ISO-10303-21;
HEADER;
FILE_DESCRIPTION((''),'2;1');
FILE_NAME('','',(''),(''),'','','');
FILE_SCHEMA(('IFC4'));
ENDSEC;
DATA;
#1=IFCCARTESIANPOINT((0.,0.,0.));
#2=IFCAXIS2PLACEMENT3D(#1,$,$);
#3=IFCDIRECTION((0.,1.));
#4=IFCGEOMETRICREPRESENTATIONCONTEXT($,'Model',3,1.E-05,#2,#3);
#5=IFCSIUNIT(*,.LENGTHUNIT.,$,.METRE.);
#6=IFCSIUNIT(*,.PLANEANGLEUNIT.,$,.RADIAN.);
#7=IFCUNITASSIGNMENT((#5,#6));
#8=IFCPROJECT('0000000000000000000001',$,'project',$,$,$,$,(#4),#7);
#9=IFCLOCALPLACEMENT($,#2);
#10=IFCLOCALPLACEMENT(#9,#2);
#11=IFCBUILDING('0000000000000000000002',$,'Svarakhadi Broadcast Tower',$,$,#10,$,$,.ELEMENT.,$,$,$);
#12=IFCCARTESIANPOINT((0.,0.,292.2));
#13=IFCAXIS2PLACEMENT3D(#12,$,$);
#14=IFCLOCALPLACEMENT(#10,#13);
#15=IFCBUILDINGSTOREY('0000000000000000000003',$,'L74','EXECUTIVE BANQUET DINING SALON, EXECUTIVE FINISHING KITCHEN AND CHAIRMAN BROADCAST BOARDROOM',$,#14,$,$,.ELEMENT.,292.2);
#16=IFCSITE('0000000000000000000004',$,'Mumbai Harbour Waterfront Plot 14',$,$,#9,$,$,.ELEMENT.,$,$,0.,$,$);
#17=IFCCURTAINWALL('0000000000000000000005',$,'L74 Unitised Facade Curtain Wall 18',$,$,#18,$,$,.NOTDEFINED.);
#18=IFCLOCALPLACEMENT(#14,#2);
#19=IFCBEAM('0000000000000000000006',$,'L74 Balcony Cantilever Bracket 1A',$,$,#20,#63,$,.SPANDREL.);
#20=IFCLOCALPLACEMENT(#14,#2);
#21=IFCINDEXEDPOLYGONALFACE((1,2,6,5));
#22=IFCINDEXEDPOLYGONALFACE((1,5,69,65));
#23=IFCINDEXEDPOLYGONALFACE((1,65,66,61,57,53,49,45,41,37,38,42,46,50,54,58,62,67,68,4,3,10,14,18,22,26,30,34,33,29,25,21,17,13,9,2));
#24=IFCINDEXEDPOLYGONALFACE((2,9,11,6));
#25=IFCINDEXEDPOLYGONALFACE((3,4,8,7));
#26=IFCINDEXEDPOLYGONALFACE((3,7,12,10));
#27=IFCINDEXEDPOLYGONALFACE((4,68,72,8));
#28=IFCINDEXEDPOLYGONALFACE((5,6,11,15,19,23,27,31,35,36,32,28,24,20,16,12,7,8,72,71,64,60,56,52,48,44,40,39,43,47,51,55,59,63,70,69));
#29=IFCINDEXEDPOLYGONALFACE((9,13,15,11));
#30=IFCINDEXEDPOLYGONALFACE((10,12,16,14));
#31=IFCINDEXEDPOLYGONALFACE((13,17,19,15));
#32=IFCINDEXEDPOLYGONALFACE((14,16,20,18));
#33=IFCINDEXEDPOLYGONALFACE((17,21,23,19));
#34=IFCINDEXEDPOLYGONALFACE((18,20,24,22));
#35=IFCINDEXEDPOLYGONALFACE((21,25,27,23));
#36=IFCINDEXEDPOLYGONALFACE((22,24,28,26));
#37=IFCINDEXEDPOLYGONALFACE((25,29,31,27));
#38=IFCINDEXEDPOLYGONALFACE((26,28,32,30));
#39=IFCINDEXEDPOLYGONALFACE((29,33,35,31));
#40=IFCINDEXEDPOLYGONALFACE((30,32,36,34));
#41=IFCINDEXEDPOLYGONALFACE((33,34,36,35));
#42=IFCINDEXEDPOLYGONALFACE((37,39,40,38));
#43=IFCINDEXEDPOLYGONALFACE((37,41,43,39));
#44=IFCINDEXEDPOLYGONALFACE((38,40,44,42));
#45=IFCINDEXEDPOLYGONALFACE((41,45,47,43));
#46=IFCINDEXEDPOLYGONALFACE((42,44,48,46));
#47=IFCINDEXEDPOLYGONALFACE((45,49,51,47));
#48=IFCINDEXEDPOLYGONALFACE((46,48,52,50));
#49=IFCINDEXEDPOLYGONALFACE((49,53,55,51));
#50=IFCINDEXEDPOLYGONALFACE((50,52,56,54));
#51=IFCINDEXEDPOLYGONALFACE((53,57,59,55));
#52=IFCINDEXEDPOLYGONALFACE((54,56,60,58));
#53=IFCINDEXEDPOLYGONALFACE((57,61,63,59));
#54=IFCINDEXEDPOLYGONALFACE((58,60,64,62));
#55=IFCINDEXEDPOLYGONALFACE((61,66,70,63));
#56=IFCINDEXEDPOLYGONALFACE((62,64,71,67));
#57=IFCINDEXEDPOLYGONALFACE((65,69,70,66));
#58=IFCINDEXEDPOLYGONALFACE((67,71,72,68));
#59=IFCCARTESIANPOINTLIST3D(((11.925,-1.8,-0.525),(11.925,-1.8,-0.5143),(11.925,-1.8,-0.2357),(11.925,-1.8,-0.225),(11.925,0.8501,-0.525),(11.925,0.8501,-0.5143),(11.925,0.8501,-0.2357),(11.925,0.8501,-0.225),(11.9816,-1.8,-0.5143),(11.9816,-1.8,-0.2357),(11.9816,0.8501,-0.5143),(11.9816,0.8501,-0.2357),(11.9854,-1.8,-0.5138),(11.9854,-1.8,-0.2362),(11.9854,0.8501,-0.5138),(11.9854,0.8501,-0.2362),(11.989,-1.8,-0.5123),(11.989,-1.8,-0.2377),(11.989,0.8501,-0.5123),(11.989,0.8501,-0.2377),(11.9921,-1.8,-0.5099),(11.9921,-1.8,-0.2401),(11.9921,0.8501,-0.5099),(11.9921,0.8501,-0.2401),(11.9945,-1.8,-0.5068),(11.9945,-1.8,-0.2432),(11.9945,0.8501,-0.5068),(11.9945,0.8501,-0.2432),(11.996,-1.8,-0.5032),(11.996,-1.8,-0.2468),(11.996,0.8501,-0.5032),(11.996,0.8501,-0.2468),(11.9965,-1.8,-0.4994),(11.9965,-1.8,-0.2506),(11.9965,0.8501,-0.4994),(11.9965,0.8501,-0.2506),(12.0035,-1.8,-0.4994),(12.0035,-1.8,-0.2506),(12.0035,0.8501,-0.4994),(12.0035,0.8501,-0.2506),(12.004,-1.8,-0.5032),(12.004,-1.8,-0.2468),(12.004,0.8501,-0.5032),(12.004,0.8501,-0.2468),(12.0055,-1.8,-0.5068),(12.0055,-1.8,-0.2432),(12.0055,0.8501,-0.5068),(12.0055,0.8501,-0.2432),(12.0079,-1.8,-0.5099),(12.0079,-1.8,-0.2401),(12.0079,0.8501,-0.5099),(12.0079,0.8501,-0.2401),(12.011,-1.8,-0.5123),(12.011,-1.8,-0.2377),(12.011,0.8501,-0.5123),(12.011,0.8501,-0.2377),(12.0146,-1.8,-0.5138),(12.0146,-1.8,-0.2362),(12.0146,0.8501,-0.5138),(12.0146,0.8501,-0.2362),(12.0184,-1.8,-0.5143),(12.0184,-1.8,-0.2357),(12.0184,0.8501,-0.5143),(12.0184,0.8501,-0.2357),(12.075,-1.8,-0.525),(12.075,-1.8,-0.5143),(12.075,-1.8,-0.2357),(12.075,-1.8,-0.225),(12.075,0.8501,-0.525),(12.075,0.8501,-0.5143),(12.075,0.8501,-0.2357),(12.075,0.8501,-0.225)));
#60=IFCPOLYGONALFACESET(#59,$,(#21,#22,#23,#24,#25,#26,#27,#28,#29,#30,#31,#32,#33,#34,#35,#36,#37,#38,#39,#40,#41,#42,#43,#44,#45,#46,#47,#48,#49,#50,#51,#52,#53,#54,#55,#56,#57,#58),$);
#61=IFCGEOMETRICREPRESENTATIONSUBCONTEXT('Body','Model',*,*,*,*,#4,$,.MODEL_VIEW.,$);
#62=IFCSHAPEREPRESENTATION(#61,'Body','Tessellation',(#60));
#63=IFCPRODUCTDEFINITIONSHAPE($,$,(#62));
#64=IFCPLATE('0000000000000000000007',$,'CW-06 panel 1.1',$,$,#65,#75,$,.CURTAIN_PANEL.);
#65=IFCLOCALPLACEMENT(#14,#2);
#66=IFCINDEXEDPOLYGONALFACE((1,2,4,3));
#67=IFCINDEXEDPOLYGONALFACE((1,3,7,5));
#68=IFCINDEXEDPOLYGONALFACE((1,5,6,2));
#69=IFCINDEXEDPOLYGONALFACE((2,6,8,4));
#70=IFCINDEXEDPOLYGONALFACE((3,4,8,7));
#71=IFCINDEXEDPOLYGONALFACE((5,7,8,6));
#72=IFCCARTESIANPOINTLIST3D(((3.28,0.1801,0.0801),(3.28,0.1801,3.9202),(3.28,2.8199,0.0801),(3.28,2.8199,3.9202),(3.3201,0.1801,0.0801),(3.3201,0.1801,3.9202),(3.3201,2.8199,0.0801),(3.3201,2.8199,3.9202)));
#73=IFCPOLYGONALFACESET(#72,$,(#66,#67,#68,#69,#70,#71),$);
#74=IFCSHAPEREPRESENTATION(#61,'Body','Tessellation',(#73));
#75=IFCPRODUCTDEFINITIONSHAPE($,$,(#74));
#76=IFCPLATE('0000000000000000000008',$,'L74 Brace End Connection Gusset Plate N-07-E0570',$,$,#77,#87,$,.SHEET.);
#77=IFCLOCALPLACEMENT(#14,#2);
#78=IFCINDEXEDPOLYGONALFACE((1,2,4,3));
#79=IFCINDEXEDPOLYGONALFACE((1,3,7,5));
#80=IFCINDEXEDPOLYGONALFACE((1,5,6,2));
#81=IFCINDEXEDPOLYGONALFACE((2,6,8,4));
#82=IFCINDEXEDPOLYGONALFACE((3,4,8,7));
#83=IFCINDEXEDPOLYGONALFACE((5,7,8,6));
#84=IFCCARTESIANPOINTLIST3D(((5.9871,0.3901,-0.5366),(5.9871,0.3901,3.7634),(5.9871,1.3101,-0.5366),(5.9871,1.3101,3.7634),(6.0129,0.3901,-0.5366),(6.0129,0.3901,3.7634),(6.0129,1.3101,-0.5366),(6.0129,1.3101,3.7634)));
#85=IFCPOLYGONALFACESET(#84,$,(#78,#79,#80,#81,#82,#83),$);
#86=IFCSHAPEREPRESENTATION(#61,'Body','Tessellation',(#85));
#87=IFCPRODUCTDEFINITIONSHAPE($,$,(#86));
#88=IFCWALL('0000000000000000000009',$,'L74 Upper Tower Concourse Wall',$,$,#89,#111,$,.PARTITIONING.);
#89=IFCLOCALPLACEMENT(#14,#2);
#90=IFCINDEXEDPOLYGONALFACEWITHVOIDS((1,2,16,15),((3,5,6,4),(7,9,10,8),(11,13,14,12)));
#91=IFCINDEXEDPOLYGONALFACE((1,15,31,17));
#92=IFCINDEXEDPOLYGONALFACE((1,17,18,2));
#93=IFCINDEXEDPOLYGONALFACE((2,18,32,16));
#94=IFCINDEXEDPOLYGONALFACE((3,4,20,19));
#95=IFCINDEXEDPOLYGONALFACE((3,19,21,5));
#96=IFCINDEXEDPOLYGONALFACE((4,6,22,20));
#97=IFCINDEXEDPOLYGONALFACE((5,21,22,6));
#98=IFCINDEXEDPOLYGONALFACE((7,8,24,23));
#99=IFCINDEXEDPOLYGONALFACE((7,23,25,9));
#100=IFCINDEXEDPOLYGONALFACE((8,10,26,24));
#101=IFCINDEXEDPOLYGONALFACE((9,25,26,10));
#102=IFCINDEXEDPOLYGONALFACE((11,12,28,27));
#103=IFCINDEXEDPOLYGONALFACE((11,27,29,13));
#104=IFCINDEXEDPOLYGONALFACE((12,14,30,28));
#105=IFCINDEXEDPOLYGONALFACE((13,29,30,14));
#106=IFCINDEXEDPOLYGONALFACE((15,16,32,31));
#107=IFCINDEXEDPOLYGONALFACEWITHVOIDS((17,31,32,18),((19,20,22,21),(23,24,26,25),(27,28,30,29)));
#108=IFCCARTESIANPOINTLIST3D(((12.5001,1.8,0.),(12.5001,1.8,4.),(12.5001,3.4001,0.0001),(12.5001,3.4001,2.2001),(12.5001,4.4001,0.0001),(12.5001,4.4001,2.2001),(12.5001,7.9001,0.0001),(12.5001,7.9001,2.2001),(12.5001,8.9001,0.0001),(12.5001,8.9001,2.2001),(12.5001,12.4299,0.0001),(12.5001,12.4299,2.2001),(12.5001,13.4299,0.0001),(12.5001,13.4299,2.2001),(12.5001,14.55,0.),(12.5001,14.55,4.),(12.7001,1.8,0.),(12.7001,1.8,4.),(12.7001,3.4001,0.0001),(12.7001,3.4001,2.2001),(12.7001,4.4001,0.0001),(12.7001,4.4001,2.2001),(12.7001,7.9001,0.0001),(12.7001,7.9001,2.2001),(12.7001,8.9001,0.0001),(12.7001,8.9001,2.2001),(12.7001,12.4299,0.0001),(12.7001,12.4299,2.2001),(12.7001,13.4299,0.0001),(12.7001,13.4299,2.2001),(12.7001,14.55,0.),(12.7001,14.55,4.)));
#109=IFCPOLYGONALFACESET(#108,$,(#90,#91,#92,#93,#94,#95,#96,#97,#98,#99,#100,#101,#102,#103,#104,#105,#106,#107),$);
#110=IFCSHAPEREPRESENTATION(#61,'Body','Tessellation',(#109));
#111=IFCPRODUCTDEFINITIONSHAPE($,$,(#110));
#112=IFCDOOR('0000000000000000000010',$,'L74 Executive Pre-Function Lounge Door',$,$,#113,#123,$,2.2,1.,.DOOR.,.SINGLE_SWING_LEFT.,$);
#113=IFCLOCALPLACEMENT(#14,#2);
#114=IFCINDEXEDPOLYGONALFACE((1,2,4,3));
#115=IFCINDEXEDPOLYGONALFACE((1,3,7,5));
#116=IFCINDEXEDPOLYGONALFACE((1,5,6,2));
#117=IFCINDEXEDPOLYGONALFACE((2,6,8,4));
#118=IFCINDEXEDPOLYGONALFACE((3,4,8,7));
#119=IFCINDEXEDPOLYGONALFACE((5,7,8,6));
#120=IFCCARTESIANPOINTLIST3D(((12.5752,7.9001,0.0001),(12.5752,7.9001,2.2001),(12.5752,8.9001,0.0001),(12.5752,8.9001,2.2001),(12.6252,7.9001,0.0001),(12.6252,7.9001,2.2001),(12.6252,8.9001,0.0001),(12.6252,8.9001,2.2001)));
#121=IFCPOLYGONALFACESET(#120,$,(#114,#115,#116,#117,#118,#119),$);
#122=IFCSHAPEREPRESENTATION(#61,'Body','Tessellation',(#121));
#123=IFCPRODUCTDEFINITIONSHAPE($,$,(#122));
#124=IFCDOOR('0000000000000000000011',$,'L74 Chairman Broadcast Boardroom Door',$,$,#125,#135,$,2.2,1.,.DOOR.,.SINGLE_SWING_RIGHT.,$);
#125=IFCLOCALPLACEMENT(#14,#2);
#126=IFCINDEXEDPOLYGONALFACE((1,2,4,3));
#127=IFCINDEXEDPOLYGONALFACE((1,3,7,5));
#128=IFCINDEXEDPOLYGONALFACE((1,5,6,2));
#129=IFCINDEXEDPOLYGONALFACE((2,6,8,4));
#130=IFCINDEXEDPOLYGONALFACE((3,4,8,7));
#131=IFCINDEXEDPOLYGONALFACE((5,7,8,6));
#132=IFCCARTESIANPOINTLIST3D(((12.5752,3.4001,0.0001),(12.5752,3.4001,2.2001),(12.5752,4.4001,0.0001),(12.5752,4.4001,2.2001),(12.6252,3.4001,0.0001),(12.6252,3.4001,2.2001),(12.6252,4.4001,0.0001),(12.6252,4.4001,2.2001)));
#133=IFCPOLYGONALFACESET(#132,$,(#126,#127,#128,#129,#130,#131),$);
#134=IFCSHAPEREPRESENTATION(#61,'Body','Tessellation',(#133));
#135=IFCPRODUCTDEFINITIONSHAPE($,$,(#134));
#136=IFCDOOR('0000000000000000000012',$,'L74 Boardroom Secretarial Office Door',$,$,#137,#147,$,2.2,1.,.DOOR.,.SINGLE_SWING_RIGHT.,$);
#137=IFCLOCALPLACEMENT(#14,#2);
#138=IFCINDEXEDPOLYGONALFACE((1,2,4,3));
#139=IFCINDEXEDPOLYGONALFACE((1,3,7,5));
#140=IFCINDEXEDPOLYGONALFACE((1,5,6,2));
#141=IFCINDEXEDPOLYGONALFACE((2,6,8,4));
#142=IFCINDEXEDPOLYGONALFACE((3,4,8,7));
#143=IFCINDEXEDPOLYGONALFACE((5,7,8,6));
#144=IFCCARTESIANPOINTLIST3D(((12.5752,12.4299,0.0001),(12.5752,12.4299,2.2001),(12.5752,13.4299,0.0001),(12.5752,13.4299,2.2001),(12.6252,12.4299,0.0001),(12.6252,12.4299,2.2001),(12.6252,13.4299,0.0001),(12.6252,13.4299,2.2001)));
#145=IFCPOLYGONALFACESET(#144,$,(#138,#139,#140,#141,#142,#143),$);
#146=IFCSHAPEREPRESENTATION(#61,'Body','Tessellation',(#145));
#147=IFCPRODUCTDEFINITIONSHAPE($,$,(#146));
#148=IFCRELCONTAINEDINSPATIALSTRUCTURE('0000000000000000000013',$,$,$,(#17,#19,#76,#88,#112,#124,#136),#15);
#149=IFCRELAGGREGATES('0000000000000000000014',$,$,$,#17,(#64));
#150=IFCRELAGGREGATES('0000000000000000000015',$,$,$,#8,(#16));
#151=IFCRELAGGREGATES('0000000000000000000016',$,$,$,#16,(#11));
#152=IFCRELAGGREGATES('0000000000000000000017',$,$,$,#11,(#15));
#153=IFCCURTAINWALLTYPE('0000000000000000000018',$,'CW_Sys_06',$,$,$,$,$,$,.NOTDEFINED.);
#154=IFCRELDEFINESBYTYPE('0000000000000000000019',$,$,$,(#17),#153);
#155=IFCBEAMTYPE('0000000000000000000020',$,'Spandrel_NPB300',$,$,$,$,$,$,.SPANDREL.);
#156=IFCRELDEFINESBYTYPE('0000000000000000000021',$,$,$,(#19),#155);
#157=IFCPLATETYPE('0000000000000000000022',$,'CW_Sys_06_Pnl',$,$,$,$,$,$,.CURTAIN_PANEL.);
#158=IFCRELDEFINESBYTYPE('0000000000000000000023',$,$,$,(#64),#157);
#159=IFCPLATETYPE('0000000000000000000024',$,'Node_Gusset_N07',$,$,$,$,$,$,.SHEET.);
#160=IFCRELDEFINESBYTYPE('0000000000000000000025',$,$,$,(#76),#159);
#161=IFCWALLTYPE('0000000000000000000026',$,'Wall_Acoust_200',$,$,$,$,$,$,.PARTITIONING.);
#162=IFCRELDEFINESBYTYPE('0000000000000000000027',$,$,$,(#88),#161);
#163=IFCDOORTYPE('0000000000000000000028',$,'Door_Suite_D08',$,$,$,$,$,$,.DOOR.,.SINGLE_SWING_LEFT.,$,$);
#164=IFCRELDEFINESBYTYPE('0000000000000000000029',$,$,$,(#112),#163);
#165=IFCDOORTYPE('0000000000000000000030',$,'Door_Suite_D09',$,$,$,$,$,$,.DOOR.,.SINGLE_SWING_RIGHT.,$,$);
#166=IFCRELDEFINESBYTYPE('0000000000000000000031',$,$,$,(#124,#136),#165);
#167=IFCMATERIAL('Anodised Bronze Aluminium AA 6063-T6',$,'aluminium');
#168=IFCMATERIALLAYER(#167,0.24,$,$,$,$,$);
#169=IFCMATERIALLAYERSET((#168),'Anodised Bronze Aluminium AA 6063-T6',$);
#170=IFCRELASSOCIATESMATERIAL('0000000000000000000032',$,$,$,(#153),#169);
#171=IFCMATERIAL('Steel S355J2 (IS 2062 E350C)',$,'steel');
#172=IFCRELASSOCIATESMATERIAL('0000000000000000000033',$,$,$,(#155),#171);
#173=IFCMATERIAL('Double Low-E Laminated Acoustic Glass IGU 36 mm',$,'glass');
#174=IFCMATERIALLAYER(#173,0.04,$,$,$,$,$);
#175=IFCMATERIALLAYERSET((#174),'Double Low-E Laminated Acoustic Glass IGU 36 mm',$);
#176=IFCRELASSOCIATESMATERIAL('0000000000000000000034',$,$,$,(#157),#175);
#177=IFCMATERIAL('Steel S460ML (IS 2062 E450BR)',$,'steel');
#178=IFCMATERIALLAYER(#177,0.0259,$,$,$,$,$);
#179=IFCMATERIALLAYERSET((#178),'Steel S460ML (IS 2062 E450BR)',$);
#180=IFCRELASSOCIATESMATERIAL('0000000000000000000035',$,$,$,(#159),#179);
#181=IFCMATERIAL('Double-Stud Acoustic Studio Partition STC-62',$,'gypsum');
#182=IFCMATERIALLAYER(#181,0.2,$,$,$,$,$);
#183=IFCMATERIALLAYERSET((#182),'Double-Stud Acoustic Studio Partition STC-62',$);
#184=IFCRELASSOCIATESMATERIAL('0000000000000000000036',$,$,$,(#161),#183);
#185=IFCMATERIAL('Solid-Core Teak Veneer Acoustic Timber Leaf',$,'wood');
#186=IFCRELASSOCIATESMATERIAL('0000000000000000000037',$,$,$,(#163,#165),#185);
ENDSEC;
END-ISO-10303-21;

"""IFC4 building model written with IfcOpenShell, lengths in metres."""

from ifc_helpers import new_model, si_unit, direction, frame, frame_2d, origin, origin_2d, place, context, subcontext, project, spatial, rectangle, i_section, extrude, material, layer, layer_set, material_profile, profile_set, type_object, element, fill, aggregate, save


model = new_model("IFC4")

# Units and contexts
model_context = context("Model", 3, precision=1e-05, world=origin(), true_north=direction((0.0, 1.0)))
body_context = subcontext(model_context, "Body", "Model", "MODEL_VIEW")
ifc_project = project(units=[si_unit("LENGTHUNIT", "METRE"), si_unit("PLANEANGLEUNIT", "RADIAN")], contexts=[model_context])

# Site, building, storey
site_placement = place(None, origin())
site = spatial("IfcSite", under=ifc_project, at=site_placement, Name="Mumbai Harbour Waterfront Plot 14", CompositionType="ELEMENT", RefElevation=0.0)
building_placement = place(site_placement, origin())
building = spatial("IfcBuilding", under=site, at=building_placement, Name="Svarakhadi Broadcast Tower", CompositionType="ELEMENT")
storey_placement = place(building_placement, frame((0.0, 0.0, 292.2)))
storey = spatial("IfcBuildingStorey", under=building, at=storey_placement, Name="L74", Description="EXECUTIVE BANQUET DINING SALON, EXECUTIVE FINISHING KITCHEN AND CHAIRMAN BROADCAST BOARDROOM", CompositionType="ELEMENT", Elevation=292.2)

# Shared definitions
ifc_material_1 = material(Name="Steel S460ML (IS 2062 E450BR)", Category="steel")

# Shared definitions
ifc_material_2 = material(Name="Steel S355J2 (IS 2062 E350C)", Category="steel")

# Curtain wall
ifc_material_3 = material(Name="Anodised Bronze Aluminium AA 6063-T6", Category="aluminium")
ifc_layer_1 = layer(ifc_material_3, 0.24)
ifc_layer_set_1 = layer_set([ifc_layer_1], Name="Anodised Bronze Aluminium AA 6063-T6")
curtain_wall_type = type_object("IfcCurtainWallType", Name="CW_Sys_06", PredefinedType="NOTDEFINED", material=ifc_layer_set_1)
curtain_wall_1_placement = place(storey_placement, origin())
curtain_wall_1 = element("IfcCurtainWall", 1, at=curtain_wall_1_placement, inside=storey, type_object=curtain_wall_type, Name="L74 Unitised Facade Curtain Wall 18", PredefinedType="NOTDEFINED")

# Beam
ifc_material_profile_1 = material_profile(ifc_material_2, i_section(OverallWidth=0.1499, OverallDepth=0.3, WebThickness=0.0071, FlangeThickness=0.0107, FilletRadius=0.0149, at=origin_2d()), Name="NPB 300x150x37")
ifc_profile_set_1 = profile_set([ifc_material_profile_1], Name="Steel S355J2 (IS 2062 E350C)")
beam_type_1 = type_object("IfcBeamType", Name="Spandrel_NPB300", PredefinedType="SPANDREL", material=ifc_profile_set_1)
beam_1_placement = place(storey_placement, frame((12.0, 0.8501, -0.375), z_axis=(0.0, -1.0, 0.0), x_axis=(1.0, 0.0, 0.0)))
element("IfcBeam", 2, at=beam_1_placement, inside=storey, type_object=beam_type_1, Name="L74 Balcony Cantilever Bracket 1A", PredefinedType="SPANDREL", context=body_context, shape_type="SweptSolid", body=[
    extrude(i_section(OverallWidth=0.1499, OverallDepth=0.3, WebThickness=0.0071, FlangeThickness=0.0107, FilletRadius=0.0149, at=origin_2d()), origin(), (0.0, 0.0, 1.0), 2.6501),
])

# Plates
ifc_material_4 = material(Name="Double Low-E Laminated Acoustic Glass IGU 36 mm", Category="glass")
ifc_layer_2 = layer(ifc_material_4, 0.04)
ifc_layer_set_2 = layer_set([ifc_layer_2], Name="Double Low-E Laminated Acoustic Glass IGU 36 mm")
plate_type_1 = type_object("IfcPlateType", Name="CW_Sys_06_Pnl", PredefinedType="CURTAIN_PANEL", material=ifc_layer_set_2)
plate_1_placement = place(storey_placement, frame((3.3, 1.5, 0.0801), z_axis=(0.0, 0.0, 1.0), x_axis=(0.0, 1.0, 0.0)))
plate_1 = element("IfcPlate", 3, at=plate_1_placement, type_object=plate_type_1, Name="CW-06 panel 1.1", PredefinedType="CURTAIN_PANEL", context=body_context, shape_type="SweptSolid", body=[
    extrude(rectangle(XDim=2.6399, YDim=0.04, at=origin_2d()), origin(), (0.0, 0.0, 1.0), 3.8401),
])
aggregate(curtain_wall_1, [plate_1])
ifc_layer_3 = layer(ifc_material_1, 0.0259)
ifc_layer_set_3 = layer_set([ifc_layer_3], Name="Steel S460ML (IS 2062 E450BR)")
plate_type_2 = type_object("IfcPlateType", Name="Node_Gusset_N07", PredefinedType="SHEET", material=ifc_layer_set_3)
plate_2_placement = place(storey_placement, frame((6.0, 0.8501, -0.5366), z_axis=(0.0, 0.0, 1.0), x_axis=(0.0, 1.0, 0.0)))
element("IfcPlate", 4, at=plate_2_placement, inside=storey, type_object=plate_type_2, Name="L74 Brace End Connection Gusset Plate N-07-E0570", PredefinedType="SHEET", context=body_context, shape_type="SweptSolid", body=[
    extrude(rectangle(XDim=0.9199, YDim=0.0259, at=origin_2d()), origin(), (0.0, 0.0, 1.0), 4.3),
])

# Wall, openings, doors
ifc_material_5 = material(Name="Double-Stud Acoustic Studio Partition STC-62", Category="gypsum")
ifc_layer_4 = layer(ifc_material_5, 0.2)
ifc_layer_set_4 = layer_set([ifc_layer_4], Name="Double-Stud Acoustic Studio Partition STC-62")
wall_type = type_object("IfcWallType", Name="Wall_Acoust_200", PredefinedType="PARTITIONING", material=ifc_layer_set_4)
wall_placement = place(storey_placement, frame((12.6001, 1.8, 0.0), z_axis=(0.0, 0.0, 1.0), x_axis=(0.0, 1.0, 0.0)))
wall = element("IfcWall", 5, at=wall_placement, inside=storey, type_object=wall_type, Name="L74 Upper Tower Concourse Wall", PredefinedType="PARTITIONING", context=body_context, shape_type="SweptSolid", body=[
    extrude(rectangle(XDim=12.75, YDim=0.2, at=frame_2d((6.375, 0.0))), origin(), (0.0, 0.0, 1.0), 4.0),
])
opening_1_placement = place(wall_placement, frame((1.6001, 0.0, 0.0)))
opening_1 = element("IfcOpeningElement", 6, at=opening_1_placement, cuts=wall, PredefinedType="OPENING", context=body_context, shape_type="SweptSolid", body=[
    extrude(rectangle(XDim=1.0, YDim=2.2, at=frame_2d((0.5, 1.1001))), frame((0.0, 0.1099, 0.0), z_axis=(0.0, -1.0, 0.0), x_axis=(1.0, 0.0, 0.0)), (0.0, 0.0, 1.0), 0.22),
])
opening_2_placement = place(wall_placement, frame((6.1001, 0.0, 0.0)))
opening_2 = element("IfcOpeningElement", 7, at=opening_2_placement, cuts=wall, PredefinedType="OPENING", context=body_context, shape_type="SweptSolid", body=[
    extrude(rectangle(XDim=1.0, YDim=2.2, at=frame_2d((0.5, 1.1001))), frame((0.0, 0.1099, 0.0), z_axis=(0.0, -1.0, 0.0), x_axis=(1.0, 0.0, 0.0)), (0.0, 0.0, 1.0), 0.22),
])
opening_3_placement = place(wall_placement, frame((10.6299, 0.0, 0.0)))
opening_3 = element("IfcOpeningElement", 8, at=opening_3_placement, cuts=wall, PredefinedType="OPENING", context=body_context, shape_type="SweptSolid", body=[
    extrude(rectangle(XDim=1.0, YDim=2.2, at=frame_2d((0.5, 1.1001))), frame((0.0, 0.1099, 0.0), z_axis=(0.0, -1.0, 0.0), x_axis=(1.0, 0.0, 0.0)), (0.0, 0.0, 1.0), 0.22),
])
ifc_material_6 = material(Name="Solid-Core Teak Veneer Acoustic Timber Leaf", Category="wood")
door_type_1 = type_object("IfcDoorType", Name="Door_Suite_D08", OperationType="SINGLE_SWING_LEFT", PredefinedType="DOOR", material=ifc_material_6)
door_1_placement = place(opening_2_placement, origin())
door_1 = element("IfcDoor", 9, at=door_1_placement, inside=storey, type_object=door_type_1, Name="L74 Executive Pre-Function Lounge Door", OperationType="SINGLE_SWING_LEFT", OverallHeight=2.2, OverallWidth=1.0, PredefinedType="DOOR", context=body_context, shape_type="SweptSolid", body=[
    extrude(rectangle(XDim=1.0, YDim=2.2, at=frame_2d((0.5, 1.1001))), frame((0.0, 0.0249, 0.0), z_axis=(0.0, -1.0, 0.0), x_axis=(1.0, 0.0, 0.0)), (0.0, 0.0, 1.0), 0.05),
])
fill(opening_2, door_1)
door_type_2 = type_object("IfcDoorType", Name="Door_Suite_D09", OperationType="SINGLE_SWING_RIGHT", PredefinedType="DOOR", material=ifc_material_6)
door_2_placement = place(opening_1_placement, origin())
door_2 = element("IfcDoor", 10, at=door_2_placement, inside=storey, type_object=door_type_2, Name="L74 Chairman Broadcast Boardroom Door", OperationType="SINGLE_SWING_RIGHT", OverallHeight=2.2, OverallWidth=1.0, PredefinedType="DOOR", context=body_context, shape_type="SweptSolid", body=[
    extrude(rectangle(XDim=1.0, YDim=2.2, at=frame_2d((0.5, 1.1001))), frame((0.0, 0.0249, 0.0), z_axis=(0.0, -1.0, 0.0), x_axis=(1.0, 0.0, 0.0)), (0.0, 0.0, 1.0), 0.05),
])
fill(opening_1, door_2)
door_3_placement = place(opening_3_placement, origin())
door_3 = element("IfcDoor", 11, at=door_3_placement, inside=storey, type_object=door_type_2, Name="L74 Boardroom Secretarial Office Door", OperationType="SINGLE_SWING_RIGHT", OverallHeight=2.2, OverallWidth=1.0, PredefinedType="DOOR", context=body_context, shape_type="SweptSolid", body=[
    extrude(rectangle(XDim=1.0, YDim=2.2, at=frame_2d((0.5, 1.1001))), frame((0.0, 0.0249, 0.0), z_axis=(0.0, -1.0, 0.0), x_axis=(1.0, 0.0, 0.0)), (0.0, 0.0, 1.0), 0.05),
])
fill(opening_3, door_3)

save(model, "model.ifc")
